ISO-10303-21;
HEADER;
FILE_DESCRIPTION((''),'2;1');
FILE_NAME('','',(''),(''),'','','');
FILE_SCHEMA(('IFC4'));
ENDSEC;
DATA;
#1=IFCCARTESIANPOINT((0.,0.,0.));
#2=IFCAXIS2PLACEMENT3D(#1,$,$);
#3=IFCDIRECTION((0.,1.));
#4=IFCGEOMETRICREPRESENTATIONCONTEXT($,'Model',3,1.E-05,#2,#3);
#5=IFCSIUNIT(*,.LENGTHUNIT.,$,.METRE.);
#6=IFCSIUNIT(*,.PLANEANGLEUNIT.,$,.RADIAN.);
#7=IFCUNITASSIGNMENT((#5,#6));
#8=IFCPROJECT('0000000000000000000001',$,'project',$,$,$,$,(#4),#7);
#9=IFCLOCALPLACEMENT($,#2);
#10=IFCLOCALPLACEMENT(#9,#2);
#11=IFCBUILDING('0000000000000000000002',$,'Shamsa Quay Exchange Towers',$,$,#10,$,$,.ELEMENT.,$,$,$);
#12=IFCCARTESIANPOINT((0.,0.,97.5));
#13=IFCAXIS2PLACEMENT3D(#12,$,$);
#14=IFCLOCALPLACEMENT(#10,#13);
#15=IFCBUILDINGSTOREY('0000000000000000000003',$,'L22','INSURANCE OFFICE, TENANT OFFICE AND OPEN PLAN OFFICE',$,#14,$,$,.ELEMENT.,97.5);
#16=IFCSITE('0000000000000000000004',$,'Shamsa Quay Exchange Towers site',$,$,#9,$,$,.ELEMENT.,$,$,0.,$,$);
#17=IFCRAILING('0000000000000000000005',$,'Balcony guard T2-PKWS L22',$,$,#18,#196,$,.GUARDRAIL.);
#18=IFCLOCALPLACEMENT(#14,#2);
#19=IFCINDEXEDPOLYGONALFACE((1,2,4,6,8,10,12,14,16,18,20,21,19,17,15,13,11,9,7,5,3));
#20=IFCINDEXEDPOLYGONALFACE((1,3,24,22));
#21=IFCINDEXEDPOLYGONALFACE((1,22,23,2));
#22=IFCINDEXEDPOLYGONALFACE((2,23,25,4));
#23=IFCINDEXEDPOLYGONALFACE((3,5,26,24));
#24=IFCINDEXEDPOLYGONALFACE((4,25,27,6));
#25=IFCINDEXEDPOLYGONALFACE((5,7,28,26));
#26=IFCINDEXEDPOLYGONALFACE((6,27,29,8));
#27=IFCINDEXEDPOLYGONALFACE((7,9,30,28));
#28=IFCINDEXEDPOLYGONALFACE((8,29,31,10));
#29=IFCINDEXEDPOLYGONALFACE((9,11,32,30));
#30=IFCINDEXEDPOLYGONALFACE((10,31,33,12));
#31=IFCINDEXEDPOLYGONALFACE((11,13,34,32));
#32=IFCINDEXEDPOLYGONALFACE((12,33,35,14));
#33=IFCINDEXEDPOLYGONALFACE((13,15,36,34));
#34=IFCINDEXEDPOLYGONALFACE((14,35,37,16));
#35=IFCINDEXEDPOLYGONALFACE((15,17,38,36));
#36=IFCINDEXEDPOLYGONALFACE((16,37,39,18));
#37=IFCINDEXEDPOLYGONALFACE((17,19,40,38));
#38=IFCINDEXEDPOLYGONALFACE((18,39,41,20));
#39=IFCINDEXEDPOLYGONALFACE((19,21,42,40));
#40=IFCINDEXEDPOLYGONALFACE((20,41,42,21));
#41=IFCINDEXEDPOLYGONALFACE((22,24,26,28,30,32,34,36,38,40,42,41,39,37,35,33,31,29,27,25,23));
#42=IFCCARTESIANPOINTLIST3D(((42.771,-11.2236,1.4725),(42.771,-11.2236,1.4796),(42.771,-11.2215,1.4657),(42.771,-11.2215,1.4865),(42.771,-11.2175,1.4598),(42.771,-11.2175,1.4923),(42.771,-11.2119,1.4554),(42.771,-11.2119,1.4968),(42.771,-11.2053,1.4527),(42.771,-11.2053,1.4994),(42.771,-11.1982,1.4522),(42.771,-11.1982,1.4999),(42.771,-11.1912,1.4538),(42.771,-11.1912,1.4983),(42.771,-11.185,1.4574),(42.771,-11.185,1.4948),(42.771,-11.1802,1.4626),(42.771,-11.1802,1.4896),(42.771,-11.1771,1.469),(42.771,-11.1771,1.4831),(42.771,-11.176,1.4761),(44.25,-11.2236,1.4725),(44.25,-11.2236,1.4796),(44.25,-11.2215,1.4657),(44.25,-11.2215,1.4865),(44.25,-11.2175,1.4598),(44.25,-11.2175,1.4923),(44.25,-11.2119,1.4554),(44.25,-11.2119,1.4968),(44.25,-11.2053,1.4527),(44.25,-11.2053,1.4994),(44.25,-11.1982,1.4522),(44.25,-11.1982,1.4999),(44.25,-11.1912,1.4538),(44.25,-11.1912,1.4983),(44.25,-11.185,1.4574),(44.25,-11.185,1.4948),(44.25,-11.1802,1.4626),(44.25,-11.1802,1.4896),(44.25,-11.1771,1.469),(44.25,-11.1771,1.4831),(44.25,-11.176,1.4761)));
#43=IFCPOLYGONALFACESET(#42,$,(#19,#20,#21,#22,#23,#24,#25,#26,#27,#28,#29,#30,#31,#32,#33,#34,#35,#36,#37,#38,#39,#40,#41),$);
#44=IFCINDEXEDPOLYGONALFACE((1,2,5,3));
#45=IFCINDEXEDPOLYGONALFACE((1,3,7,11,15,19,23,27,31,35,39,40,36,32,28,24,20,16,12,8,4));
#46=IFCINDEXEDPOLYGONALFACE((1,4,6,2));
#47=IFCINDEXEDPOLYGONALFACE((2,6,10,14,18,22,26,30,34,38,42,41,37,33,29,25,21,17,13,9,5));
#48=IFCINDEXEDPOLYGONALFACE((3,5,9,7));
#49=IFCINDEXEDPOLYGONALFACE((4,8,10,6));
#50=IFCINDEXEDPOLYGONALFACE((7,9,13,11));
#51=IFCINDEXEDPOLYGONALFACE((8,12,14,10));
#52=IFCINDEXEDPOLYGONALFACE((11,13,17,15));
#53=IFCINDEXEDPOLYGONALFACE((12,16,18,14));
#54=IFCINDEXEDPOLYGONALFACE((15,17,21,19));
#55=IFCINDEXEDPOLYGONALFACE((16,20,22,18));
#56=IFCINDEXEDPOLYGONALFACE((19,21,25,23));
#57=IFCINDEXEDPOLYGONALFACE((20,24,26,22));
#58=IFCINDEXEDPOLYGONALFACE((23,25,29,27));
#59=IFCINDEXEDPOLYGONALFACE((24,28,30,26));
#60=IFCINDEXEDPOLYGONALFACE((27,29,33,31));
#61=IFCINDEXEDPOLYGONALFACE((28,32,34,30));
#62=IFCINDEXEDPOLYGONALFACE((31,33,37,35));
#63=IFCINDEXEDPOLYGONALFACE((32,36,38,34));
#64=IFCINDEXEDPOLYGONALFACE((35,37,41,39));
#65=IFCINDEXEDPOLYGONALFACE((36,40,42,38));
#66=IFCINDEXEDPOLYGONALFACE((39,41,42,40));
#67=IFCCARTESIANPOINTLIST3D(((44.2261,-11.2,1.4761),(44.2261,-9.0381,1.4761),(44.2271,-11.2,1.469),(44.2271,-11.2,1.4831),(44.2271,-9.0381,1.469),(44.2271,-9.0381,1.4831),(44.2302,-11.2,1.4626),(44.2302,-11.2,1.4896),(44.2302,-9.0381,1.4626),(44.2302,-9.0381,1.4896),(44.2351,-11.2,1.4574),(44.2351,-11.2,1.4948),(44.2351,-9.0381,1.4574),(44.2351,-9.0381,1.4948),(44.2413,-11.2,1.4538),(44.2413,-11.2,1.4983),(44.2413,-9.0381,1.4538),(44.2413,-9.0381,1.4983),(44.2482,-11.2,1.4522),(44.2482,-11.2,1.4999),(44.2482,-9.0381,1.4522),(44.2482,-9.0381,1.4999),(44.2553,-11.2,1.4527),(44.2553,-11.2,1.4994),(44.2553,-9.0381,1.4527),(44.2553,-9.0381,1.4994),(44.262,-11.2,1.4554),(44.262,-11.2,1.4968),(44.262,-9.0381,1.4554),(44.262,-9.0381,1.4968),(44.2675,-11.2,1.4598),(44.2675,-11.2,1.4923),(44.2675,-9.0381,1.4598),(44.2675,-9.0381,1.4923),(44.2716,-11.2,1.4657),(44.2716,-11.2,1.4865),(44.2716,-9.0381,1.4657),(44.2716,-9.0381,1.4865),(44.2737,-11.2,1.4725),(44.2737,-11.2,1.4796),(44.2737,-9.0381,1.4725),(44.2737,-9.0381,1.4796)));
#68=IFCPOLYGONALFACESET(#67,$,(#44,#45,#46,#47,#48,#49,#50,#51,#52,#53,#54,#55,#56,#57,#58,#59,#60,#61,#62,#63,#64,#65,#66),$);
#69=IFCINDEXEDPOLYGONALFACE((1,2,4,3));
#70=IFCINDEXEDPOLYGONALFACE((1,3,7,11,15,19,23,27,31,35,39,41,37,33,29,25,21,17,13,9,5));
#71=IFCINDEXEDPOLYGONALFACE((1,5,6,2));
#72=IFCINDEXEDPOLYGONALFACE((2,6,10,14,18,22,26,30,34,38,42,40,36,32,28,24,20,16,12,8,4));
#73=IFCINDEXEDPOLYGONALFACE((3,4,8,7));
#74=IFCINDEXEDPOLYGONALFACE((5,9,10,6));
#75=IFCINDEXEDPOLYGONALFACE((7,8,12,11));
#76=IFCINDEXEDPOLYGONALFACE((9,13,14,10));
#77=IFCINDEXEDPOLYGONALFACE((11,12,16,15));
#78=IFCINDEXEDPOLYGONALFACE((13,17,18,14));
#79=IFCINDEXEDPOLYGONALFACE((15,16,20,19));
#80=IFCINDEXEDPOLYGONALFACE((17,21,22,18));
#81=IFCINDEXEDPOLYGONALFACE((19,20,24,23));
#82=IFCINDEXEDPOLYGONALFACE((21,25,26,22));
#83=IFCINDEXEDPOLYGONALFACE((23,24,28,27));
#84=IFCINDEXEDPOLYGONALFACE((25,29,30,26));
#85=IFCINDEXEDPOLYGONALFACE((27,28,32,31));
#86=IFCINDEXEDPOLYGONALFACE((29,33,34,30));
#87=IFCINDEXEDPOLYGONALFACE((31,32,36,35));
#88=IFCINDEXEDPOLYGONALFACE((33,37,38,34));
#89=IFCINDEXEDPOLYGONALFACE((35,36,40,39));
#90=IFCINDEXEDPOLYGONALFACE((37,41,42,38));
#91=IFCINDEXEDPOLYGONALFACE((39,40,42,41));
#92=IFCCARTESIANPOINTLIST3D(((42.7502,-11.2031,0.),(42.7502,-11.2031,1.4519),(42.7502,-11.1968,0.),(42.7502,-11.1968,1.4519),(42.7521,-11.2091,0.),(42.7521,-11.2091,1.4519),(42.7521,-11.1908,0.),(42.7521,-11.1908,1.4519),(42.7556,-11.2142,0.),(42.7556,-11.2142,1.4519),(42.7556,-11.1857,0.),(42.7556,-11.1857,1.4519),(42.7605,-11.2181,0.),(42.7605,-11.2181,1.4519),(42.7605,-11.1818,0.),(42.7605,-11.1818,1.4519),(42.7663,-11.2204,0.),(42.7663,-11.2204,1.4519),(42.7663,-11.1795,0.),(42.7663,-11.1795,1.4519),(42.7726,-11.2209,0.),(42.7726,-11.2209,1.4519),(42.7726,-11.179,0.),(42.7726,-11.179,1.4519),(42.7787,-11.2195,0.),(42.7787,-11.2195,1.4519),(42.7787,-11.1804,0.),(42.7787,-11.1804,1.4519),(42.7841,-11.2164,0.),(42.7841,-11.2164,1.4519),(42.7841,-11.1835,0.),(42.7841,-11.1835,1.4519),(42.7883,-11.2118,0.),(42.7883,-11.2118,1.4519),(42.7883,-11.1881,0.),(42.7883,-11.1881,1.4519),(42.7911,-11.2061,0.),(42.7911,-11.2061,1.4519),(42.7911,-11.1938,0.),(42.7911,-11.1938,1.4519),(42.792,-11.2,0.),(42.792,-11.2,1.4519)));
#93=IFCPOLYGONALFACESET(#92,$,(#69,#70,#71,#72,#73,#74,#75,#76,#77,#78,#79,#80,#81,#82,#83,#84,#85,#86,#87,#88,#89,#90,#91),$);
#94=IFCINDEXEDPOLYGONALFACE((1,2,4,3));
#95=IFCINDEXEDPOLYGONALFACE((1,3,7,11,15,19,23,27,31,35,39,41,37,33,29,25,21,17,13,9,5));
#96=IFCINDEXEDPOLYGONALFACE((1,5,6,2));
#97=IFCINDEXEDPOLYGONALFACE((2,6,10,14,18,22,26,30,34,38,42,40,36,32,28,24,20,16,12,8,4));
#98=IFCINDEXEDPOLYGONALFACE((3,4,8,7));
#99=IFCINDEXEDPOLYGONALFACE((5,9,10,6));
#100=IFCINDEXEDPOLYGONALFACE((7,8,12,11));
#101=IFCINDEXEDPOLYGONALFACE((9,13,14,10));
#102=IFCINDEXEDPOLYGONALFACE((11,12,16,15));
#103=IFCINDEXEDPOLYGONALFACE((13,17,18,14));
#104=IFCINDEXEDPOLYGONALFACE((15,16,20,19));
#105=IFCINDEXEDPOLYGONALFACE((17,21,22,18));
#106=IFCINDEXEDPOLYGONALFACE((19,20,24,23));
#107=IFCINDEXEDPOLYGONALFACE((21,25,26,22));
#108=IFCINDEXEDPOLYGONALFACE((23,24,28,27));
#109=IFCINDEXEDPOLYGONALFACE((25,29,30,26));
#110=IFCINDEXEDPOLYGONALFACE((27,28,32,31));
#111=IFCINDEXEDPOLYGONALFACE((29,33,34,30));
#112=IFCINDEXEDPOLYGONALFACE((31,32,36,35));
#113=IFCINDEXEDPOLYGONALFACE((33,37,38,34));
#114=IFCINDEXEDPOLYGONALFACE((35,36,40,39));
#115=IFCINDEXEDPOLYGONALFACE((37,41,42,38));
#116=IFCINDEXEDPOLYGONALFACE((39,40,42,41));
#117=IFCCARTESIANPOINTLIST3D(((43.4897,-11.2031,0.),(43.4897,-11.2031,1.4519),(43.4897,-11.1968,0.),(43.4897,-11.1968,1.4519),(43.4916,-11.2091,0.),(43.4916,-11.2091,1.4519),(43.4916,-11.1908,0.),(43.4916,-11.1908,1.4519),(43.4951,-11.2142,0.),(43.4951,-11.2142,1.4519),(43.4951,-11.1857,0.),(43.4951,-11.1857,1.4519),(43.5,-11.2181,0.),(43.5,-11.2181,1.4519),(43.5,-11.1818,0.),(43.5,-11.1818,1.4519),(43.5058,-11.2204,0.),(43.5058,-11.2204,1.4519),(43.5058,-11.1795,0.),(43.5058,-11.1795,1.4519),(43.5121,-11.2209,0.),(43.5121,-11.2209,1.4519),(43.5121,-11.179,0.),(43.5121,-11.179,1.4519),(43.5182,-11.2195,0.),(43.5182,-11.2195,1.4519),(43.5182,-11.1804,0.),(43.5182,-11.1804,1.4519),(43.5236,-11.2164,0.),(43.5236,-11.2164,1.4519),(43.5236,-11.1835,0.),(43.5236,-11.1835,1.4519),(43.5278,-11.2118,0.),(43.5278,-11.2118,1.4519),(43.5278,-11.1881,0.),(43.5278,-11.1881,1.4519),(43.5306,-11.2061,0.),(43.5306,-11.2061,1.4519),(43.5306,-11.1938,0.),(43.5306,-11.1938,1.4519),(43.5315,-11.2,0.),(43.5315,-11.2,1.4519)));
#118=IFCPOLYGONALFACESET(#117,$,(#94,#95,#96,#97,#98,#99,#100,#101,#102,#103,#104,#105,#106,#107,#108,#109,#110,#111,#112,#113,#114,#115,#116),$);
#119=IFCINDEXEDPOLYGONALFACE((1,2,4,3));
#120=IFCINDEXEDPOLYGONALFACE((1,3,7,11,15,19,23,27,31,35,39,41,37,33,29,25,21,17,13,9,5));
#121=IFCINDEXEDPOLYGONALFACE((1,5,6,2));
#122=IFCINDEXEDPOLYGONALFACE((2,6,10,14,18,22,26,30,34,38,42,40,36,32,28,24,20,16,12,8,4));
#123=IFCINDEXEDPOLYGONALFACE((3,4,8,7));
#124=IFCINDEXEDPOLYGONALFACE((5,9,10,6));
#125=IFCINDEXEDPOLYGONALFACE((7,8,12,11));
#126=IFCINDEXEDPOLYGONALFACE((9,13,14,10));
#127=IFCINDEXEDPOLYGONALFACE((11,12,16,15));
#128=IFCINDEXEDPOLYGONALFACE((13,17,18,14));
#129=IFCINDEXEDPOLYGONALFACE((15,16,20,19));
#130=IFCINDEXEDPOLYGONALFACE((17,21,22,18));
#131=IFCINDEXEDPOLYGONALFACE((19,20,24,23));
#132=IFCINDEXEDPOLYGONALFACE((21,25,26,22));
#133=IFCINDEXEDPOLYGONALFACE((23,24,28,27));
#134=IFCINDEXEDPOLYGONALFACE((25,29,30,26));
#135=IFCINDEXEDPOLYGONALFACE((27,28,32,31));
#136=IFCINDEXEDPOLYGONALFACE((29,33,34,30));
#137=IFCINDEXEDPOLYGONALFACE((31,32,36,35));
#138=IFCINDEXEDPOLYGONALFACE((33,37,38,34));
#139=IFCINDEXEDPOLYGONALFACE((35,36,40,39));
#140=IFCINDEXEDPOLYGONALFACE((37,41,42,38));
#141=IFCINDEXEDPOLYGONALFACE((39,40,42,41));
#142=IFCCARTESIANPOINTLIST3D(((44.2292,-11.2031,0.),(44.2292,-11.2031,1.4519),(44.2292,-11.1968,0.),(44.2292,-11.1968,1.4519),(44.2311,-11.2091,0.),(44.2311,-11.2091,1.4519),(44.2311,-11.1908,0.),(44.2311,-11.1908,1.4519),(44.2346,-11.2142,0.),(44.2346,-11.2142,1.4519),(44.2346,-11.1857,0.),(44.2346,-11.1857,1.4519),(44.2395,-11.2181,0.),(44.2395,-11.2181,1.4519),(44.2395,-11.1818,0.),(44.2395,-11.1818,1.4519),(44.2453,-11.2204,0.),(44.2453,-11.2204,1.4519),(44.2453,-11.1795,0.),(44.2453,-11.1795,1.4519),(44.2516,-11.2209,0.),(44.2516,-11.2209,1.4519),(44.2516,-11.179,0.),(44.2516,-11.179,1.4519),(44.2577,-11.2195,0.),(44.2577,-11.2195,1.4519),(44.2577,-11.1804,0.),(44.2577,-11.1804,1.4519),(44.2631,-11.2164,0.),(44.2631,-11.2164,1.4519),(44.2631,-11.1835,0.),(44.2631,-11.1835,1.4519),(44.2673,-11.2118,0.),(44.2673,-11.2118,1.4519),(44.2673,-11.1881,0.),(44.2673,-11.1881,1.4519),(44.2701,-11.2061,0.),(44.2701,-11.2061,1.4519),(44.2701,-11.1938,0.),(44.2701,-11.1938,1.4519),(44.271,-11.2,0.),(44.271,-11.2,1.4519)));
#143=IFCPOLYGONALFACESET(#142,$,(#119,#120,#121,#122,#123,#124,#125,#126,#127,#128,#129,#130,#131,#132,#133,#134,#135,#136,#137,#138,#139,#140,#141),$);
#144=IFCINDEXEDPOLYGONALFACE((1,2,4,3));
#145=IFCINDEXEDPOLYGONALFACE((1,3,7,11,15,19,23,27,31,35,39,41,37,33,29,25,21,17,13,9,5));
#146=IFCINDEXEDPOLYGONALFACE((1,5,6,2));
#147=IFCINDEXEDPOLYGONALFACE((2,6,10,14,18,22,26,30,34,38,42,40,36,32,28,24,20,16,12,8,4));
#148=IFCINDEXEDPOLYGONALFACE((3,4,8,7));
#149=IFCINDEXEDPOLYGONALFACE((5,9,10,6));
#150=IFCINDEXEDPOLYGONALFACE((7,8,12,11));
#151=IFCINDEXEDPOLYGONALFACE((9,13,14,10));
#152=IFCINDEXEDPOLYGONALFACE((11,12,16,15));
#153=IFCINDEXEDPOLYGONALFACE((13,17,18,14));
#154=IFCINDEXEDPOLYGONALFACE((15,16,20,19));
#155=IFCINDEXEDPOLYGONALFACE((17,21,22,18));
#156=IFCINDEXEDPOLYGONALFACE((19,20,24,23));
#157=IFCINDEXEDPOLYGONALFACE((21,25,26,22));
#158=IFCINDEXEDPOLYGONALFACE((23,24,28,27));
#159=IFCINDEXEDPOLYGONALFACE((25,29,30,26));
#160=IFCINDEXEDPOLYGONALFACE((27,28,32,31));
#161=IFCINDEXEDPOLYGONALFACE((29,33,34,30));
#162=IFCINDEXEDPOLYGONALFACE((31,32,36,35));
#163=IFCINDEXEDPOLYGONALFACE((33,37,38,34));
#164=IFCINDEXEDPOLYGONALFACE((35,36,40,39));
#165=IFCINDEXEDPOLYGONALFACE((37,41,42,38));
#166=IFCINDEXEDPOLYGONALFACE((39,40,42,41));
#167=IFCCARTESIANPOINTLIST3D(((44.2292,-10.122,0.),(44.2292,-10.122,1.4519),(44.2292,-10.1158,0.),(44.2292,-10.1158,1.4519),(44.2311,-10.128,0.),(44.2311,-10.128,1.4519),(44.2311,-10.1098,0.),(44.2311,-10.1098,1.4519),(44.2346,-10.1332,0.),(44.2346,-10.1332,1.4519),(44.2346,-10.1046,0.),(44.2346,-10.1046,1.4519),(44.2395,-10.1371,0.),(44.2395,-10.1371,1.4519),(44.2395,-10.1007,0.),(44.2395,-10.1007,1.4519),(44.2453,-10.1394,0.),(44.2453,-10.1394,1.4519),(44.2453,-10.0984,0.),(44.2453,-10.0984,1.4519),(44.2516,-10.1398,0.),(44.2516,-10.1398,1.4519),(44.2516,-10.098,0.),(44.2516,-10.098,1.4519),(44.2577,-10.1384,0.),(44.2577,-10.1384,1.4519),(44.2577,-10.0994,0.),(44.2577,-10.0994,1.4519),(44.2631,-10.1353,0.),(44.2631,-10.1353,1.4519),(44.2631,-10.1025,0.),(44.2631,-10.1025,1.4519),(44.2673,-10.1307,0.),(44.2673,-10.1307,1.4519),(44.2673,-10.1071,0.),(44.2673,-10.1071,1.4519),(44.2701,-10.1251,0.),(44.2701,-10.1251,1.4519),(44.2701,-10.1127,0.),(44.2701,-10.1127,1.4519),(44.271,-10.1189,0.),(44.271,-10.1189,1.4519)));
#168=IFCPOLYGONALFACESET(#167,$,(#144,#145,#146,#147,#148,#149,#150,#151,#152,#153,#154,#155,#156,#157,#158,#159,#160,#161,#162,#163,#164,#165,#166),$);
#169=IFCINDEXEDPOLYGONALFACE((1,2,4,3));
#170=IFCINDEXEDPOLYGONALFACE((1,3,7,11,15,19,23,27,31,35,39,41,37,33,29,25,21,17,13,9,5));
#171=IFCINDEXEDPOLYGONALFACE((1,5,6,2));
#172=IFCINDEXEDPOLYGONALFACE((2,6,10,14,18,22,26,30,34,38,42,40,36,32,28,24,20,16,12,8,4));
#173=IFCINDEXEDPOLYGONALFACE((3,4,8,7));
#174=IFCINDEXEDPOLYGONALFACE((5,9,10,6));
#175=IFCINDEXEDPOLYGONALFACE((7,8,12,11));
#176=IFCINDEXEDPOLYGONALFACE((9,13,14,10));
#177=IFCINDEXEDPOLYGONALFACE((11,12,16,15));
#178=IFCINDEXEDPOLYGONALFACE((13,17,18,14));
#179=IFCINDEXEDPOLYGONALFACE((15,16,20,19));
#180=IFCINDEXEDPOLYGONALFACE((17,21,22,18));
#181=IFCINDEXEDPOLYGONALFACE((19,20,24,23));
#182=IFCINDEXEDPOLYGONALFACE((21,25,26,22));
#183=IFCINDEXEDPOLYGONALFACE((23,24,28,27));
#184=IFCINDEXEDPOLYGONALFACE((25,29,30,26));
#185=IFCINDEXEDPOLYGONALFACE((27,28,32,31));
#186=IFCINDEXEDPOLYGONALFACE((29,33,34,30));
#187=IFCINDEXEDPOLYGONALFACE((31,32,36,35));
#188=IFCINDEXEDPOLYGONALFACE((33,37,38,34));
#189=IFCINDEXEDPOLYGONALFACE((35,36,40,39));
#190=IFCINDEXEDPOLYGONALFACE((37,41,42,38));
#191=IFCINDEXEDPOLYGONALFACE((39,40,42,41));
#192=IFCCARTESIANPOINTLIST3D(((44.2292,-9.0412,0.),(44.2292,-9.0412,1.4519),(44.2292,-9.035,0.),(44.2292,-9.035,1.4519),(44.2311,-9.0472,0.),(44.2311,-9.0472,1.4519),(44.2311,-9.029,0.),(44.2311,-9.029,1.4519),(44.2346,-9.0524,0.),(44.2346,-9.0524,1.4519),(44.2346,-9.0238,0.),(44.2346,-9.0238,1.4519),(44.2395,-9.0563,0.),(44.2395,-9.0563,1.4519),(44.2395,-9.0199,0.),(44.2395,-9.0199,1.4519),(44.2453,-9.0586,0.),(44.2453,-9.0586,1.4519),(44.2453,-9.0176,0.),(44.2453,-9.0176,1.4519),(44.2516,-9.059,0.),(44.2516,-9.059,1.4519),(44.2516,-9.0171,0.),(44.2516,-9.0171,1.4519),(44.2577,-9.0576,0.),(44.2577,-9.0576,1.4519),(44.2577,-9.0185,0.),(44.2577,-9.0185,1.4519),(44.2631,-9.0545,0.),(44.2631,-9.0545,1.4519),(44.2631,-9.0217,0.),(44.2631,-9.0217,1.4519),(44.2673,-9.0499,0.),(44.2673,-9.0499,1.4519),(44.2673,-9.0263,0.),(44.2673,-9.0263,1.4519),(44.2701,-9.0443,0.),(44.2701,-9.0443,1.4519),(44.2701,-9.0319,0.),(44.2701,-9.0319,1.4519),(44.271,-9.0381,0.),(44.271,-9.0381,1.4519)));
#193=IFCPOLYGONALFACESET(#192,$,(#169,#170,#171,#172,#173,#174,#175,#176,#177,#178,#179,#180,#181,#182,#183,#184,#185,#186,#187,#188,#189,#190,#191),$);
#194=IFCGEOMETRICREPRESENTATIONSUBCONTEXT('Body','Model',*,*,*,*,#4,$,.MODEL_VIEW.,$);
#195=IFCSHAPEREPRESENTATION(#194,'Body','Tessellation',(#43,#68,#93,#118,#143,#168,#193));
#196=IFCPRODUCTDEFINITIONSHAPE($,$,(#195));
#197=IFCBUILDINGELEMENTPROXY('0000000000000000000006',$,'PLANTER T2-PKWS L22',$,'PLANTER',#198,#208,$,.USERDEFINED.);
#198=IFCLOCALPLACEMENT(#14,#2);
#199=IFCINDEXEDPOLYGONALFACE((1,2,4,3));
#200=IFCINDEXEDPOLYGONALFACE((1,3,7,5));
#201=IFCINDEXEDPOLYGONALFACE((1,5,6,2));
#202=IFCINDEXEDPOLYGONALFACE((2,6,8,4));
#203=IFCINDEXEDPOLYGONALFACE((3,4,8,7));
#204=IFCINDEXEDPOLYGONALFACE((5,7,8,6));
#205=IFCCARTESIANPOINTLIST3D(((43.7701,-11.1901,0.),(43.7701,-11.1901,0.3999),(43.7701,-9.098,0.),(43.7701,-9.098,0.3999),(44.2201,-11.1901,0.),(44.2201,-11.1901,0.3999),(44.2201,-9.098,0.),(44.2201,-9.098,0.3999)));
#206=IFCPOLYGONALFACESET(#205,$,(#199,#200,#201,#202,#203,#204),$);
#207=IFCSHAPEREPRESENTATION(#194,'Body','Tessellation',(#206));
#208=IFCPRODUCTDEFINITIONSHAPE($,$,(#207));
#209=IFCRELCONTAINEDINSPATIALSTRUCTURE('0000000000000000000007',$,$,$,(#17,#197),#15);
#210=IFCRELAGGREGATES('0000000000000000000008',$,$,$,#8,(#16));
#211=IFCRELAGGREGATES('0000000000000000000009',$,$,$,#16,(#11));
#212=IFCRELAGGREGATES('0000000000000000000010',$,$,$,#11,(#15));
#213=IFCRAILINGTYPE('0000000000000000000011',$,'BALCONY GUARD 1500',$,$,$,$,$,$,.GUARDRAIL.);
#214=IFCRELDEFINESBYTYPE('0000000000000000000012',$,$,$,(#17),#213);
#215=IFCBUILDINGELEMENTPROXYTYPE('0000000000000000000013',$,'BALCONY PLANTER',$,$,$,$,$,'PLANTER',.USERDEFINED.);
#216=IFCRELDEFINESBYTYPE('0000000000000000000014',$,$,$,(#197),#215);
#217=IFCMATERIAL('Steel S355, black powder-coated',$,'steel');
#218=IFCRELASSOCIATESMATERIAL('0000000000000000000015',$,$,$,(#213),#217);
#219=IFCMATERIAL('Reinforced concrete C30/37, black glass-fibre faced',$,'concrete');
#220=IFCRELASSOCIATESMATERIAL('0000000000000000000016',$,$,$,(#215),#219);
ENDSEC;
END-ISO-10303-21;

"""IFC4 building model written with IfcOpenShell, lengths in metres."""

from ifc_helpers import new_model, si_unit, direction, frame, origin, origin_2d, place, context, subcontext, project, spatial, rectangle, circle, extrude, material, type_object, element, save


model = new_model("IFC4")

# Units and contexts
model_context = context("Model", 3, precision=1e-05, world=origin(), true_north=direction((0.0, 1.0)))
body_context = subcontext(model_context, "Body", "Model", "MODEL_VIEW")
ifc_project = project(units=[si_unit("LENGTHUNIT", "METRE"), si_unit("PLANEANGLEUNIT", "RADIAN")], contexts=[model_context])

# Site, building, storey
site_placement = place(None, origin())
site = spatial("IfcSite", under=ifc_project, at=site_placement, Name="Shamsa Quay Exchange Towers site", CompositionType="ELEMENT", RefElevation=0.0)
building_placement = place(site_placement, origin())
building = spatial("IfcBuilding", under=site, at=building_placement, Name="Shamsa Quay Exchange Towers", CompositionType="ELEMENT")
storey_placement = place(building_placement, frame((0.0, 0.0, 97.5)))
storey = spatial("IfcBuildingStorey", under=building, at=storey_placement, Name="L22", Description="INSURANCE OFFICE, TENANT OFFICE AND OPEN PLAN OFFICE", CompositionType="ELEMENT", Elevation=97.5)

# Railing
ifc_material_1 = material(Name="Steel S355, black powder-coated", Category="steel")
railing_type = type_object("IfcRailingType", Name="BALCONY GUARD 1500", PredefinedType="GUARDRAIL", material=ifc_material_1)
railing_placement = place(storey_placement, frame((42.771, -11.2, 0.0)))
element("IfcRailing", 1, at=railing_placement, inside=storey, type_object=railing_type, Name="Balcony guard T2-PKWS L22", PredefinedType="GUARDRAIL", context=body_context, shape_type="SweptSolid", body=[
    extrude(circle(Radius=0.0239, at=origin_2d()), frame((0.0, 0.0, 1.4761), z_axis=(1.0, 0.0, 0.0), x_axis=(0.0, 1.0, 0.0)), (0.0, 0.0, 1.0), 1.479),
    extrude(circle(Radius=0.0239, at=origin_2d()), frame((1.479, 0.0, 1.4761), z_axis=(0.0, 1.0, 0.0), x_axis=(-1.0, 0.0, 0.0)), (0.0, 0.0, 1.0), 2.1619),
    extrude(circle(Radius=0.021, at=origin_2d()), origin(), (0.0, 0.0, 1.0), 1.4519),
    extrude(circle(Radius=0.021, at=origin_2d()), frame((0.7395, 0.0, 0.0)), (0.0, 0.0, 1.0), 1.4519),
    extrude(circle(Radius=0.021, at=origin_2d()), frame((1.479, 0.0, 0.0)), (0.0, 0.0, 1.0), 1.4519),
    extrude(circle(Radius=0.021, at=origin_2d()), frame((1.479, 1.0811, 0.0)), (0.0, 0.0, 1.0), 1.4519),
    extrude(circle(Radius=0.021, at=origin_2d()), frame((1.479, 2.1619, 0.0)), (0.0, 0.0, 1.0), 1.4519),
])

# Building element proxy
ifc_material_2 = material(Name="Reinforced concrete C30/37, black glass-fibre faced", Category="concrete")
building_element_proxy_type = type_object("IfcBuildingElementProxyType", Name="BALCONY PLANTER", ElementType="PLANTER", PredefinedType="USERDEFINED", material=ifc_material_2)
proxy_placement = place(storey_placement, frame((43.9951, -10.144, 0.0), z_axis=(0.0, 0.0, 1.0), x_axis=(0.0, 1.0, 0.0)))
element("IfcBuildingElementProxy", 2, at=proxy_placement, inside=storey, type_object=building_element_proxy_type, Name="PLANTER T2-PKWS L22", ObjectType="PLANTER", PredefinedType="USERDEFINED", context=body_context, shape_type="SweptSolid", body=[
    extrude(rectangle(XDim=2.092, YDim=0.45, at=origin_2d()), origin(), (0.0, 0.0, 1.0), 0.3999),
])

save(model, "model.ifc")
